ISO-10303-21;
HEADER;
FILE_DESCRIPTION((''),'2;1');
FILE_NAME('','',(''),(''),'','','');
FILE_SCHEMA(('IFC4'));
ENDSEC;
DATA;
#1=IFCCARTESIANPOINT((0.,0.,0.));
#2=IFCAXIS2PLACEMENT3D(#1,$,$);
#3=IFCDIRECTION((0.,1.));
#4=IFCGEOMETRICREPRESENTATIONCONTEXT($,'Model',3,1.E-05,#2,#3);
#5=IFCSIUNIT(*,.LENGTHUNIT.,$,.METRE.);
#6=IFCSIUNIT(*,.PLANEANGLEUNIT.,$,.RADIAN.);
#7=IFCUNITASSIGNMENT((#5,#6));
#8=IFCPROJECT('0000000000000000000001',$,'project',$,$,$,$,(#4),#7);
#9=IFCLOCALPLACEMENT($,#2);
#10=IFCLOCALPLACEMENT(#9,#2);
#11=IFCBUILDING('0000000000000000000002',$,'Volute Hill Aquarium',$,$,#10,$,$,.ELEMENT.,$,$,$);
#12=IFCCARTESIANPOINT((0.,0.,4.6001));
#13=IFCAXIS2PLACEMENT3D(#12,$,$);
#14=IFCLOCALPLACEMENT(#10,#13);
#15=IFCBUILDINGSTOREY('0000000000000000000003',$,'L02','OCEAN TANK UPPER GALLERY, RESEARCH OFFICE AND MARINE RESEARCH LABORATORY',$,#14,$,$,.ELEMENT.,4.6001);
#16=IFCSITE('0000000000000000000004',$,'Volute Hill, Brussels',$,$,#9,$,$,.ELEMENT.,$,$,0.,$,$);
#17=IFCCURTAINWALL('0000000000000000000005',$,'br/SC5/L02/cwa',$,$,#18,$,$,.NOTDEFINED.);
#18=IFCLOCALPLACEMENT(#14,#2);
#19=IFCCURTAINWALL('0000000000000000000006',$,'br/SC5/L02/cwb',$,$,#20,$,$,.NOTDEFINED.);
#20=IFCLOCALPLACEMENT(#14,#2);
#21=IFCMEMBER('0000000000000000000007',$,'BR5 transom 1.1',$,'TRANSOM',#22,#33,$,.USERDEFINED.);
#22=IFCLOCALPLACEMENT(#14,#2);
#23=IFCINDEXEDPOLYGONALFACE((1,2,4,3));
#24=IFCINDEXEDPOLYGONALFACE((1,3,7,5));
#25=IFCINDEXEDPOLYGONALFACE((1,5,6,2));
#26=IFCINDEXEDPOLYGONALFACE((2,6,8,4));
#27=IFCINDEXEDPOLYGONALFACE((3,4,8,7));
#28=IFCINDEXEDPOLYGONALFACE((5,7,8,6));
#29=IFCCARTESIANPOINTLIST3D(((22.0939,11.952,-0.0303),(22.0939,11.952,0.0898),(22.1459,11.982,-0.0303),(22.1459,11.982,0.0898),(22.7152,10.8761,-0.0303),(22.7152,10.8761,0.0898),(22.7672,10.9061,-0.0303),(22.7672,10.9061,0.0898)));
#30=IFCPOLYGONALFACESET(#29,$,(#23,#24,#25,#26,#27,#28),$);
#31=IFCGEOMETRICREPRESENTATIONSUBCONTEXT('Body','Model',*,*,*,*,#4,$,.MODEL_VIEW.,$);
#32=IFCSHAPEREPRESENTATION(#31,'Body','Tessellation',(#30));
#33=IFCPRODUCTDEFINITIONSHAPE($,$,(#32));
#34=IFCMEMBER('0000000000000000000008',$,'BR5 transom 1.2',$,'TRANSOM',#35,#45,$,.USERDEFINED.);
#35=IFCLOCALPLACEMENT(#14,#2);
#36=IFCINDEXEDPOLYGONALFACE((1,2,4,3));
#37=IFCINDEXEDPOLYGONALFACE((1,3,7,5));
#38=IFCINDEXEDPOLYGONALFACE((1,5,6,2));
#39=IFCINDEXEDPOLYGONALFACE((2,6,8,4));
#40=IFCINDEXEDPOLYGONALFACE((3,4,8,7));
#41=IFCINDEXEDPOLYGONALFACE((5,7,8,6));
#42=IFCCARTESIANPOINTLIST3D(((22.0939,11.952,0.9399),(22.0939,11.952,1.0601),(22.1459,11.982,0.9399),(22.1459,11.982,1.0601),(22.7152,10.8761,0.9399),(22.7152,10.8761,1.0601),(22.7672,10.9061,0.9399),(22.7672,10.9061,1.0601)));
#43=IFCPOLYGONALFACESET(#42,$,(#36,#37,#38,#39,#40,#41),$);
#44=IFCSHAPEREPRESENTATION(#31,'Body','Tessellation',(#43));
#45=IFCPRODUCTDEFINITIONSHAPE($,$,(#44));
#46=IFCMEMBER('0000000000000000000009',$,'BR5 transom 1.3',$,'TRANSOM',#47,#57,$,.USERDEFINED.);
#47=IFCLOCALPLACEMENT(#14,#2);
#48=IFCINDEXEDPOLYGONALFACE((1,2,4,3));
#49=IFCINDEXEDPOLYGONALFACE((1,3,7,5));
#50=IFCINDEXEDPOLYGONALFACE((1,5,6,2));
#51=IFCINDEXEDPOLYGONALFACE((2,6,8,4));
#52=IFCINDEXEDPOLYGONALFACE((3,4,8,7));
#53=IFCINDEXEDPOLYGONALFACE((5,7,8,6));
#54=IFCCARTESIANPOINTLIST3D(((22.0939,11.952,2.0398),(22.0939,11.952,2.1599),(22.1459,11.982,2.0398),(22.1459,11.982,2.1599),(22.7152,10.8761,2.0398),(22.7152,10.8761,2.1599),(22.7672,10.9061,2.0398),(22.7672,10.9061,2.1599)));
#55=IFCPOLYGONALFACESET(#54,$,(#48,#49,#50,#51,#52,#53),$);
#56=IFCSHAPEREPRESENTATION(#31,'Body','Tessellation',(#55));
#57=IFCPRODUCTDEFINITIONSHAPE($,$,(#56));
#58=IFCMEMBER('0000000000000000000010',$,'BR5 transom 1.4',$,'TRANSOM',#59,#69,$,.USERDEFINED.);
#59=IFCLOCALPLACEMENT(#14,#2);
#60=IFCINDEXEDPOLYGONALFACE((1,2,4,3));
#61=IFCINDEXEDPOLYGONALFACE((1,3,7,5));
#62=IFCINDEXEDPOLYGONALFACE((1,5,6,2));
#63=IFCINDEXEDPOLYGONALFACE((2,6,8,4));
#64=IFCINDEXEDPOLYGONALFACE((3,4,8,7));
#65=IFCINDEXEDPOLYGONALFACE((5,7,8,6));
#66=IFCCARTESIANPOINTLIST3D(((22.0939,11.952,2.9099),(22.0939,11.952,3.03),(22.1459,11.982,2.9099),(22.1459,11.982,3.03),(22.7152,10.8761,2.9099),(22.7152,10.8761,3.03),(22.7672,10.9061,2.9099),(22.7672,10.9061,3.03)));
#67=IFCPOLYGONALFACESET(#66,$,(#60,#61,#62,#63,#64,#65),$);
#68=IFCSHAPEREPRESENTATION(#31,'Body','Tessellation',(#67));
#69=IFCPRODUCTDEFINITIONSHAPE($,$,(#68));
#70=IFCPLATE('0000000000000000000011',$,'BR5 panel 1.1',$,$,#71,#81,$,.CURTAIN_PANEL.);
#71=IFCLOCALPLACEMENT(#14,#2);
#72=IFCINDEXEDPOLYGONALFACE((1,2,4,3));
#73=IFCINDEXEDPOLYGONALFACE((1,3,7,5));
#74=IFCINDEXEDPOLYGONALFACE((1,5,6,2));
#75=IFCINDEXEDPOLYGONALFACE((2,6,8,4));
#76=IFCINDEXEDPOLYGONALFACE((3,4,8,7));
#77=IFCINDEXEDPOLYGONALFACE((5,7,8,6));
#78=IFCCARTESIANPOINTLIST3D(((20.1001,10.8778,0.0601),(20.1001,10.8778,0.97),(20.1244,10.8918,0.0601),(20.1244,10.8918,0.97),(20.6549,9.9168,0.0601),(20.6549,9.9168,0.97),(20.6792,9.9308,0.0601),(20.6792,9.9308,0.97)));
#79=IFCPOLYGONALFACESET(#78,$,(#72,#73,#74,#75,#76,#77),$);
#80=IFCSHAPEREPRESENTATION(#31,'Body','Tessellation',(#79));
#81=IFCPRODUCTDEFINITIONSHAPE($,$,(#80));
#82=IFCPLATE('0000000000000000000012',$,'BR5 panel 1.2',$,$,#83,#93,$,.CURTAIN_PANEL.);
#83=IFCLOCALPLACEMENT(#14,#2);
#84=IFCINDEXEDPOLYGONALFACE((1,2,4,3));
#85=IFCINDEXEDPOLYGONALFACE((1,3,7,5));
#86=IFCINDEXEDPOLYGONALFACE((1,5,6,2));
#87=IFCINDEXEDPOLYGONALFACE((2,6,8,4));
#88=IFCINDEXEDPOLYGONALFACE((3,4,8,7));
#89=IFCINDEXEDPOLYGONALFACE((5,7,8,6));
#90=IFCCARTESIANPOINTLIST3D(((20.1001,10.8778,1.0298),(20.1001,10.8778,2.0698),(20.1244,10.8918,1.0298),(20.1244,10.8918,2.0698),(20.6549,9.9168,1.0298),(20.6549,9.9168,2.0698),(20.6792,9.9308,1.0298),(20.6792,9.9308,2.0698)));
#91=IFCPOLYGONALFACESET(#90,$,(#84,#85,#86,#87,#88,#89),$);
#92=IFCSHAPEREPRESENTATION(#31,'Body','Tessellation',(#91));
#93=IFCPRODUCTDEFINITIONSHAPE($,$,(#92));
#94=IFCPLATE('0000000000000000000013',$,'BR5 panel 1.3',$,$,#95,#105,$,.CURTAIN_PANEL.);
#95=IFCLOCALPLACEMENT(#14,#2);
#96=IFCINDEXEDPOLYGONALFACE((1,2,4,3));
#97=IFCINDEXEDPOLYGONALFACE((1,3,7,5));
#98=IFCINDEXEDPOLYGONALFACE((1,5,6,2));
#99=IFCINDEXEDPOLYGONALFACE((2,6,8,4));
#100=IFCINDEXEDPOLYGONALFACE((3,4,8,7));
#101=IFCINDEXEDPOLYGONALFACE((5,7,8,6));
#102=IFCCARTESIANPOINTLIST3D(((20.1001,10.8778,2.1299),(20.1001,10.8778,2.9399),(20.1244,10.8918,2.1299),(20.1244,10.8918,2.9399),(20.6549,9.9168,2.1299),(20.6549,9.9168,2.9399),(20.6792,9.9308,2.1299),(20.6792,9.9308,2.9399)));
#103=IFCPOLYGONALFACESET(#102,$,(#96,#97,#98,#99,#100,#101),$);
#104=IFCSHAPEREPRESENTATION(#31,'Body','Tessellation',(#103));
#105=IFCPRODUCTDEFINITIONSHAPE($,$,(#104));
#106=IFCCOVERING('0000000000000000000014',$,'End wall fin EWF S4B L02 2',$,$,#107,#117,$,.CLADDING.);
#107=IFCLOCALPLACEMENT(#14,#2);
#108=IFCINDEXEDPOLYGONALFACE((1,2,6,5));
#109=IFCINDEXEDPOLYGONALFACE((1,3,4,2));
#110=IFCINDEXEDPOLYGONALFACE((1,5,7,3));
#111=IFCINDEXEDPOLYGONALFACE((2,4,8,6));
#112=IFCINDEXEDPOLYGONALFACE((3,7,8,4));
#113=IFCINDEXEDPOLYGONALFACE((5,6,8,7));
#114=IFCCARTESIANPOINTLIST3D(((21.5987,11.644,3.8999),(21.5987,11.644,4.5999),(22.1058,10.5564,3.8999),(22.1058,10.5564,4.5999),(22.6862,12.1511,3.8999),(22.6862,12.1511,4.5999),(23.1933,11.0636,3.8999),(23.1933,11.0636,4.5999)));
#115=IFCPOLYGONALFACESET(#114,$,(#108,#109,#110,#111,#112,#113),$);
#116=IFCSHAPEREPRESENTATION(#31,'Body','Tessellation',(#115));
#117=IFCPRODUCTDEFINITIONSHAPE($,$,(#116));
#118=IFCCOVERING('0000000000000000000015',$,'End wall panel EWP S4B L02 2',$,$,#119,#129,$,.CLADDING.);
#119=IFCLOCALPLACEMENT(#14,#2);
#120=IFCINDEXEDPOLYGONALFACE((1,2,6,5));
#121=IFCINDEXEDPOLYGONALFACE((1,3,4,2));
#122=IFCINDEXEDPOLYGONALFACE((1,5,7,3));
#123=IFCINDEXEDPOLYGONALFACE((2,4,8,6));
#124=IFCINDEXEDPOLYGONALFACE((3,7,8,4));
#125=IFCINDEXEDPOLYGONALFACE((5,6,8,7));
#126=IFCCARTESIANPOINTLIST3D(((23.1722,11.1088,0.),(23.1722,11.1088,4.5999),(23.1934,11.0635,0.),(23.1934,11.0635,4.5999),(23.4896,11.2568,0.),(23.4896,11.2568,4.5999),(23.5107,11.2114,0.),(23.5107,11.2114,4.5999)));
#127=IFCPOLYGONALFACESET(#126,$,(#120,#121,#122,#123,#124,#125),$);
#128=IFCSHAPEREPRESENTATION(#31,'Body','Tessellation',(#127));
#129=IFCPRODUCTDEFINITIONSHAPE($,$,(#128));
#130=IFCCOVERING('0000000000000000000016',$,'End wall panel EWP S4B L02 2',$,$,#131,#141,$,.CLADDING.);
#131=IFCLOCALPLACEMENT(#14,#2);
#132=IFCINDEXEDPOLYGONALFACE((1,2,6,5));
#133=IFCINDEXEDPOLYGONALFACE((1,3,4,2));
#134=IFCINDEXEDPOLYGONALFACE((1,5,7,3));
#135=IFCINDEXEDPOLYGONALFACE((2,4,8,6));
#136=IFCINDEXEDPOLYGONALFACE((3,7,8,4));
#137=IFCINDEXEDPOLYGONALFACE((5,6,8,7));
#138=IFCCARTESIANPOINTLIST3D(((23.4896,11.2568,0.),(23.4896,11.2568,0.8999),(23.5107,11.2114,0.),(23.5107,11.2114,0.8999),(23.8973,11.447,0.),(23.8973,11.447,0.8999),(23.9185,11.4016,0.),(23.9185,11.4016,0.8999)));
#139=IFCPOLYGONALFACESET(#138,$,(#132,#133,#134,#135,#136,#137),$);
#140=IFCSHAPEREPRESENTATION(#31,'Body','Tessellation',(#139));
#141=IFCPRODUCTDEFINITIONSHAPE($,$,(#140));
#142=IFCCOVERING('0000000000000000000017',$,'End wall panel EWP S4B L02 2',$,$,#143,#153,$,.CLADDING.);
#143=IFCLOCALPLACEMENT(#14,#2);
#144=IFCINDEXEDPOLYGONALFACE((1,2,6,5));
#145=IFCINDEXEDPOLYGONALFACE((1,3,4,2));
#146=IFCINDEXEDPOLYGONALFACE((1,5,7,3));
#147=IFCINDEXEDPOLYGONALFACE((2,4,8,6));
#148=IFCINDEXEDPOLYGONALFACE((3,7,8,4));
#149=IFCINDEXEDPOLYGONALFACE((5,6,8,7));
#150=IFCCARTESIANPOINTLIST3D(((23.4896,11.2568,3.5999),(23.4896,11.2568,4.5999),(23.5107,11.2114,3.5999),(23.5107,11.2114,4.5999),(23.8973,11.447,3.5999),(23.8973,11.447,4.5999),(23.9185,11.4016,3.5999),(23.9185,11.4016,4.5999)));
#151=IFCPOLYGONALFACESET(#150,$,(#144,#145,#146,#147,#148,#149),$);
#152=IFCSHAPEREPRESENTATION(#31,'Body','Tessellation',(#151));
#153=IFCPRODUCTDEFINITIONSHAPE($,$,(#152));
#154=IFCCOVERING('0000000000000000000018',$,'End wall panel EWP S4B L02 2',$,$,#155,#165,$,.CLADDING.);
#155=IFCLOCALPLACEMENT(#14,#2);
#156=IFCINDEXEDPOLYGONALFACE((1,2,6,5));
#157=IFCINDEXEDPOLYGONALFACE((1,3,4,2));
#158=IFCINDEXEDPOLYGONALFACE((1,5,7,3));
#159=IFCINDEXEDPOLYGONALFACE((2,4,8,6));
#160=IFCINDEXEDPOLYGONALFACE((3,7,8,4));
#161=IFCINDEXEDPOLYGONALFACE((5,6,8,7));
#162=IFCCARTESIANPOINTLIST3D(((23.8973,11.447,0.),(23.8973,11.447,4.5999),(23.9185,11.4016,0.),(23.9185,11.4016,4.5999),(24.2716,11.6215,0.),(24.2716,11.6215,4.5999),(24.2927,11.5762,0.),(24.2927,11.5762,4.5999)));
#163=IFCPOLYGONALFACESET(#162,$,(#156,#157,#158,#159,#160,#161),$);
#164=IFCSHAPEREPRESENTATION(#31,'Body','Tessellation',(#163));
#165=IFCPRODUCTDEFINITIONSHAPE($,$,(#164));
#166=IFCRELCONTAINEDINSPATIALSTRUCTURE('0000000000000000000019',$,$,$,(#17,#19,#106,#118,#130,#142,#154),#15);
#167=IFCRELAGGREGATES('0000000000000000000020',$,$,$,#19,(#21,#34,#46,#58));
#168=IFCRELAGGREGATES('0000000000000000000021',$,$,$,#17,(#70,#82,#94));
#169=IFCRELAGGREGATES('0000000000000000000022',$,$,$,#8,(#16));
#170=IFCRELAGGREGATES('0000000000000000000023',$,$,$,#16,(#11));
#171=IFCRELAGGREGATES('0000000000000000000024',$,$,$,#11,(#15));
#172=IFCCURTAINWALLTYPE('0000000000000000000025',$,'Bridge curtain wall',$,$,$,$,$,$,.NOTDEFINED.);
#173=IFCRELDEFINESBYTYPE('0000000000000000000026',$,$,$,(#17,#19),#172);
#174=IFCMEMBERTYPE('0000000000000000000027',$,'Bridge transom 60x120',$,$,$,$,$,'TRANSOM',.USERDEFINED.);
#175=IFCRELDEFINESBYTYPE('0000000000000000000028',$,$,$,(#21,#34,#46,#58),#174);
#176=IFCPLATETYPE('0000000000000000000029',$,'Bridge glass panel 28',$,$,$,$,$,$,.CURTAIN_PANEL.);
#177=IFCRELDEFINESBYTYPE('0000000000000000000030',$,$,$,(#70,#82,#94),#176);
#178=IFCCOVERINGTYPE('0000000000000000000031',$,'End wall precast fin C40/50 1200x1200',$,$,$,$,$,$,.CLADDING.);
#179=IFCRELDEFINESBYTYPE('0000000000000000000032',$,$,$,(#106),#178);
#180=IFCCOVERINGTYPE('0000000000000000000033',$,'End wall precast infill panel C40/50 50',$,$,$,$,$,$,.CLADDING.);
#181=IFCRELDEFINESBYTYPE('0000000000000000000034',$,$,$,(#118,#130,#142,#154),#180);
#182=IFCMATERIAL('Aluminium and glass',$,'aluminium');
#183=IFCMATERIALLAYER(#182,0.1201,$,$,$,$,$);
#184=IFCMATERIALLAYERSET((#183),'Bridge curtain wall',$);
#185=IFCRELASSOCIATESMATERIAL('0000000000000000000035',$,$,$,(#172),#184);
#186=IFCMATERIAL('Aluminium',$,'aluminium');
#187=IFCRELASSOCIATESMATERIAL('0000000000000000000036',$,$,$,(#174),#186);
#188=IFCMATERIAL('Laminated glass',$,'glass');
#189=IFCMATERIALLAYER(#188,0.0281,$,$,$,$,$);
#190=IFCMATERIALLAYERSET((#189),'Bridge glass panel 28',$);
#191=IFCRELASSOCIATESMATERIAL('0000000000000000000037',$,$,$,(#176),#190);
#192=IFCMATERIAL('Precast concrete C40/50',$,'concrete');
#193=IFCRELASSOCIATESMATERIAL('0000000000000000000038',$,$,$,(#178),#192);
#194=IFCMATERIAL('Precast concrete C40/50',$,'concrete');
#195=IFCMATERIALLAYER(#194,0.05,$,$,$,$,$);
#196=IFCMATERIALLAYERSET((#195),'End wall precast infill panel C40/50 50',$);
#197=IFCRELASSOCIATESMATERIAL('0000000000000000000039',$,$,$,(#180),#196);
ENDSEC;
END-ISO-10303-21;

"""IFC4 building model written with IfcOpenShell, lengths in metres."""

from ifc_helpers import new_model, si_unit, direction, frame, origin, origin_2d, place, context, subcontext, project, spatial, polyline, rectangle, outline, extrude, material, layer, layer_set, material_profile, profile_set, type_object, element, aggregate, save


model = new_model("IFC4")

# Units and contexts
model_context = context("Model", 3, precision=1e-05, world=origin(), true_north=direction((0.0, 1.0)))
body_context = subcontext(model_context, "Body", "Model", "MODEL_VIEW")
ifc_project = project(units=[si_unit("LENGTHUNIT", "METRE"), si_unit("PLANEANGLEUNIT", "RADIAN")], contexts=[model_context])

# Site, building, storey
site_placement = place(None, origin())
site = spatial("IfcSite", under=ifc_project, at=site_placement, Name="Volute Hill, Brussels", CompositionType="ELEMENT", RefElevation=0.0)
building_placement = place(site_placement, origin())
building = spatial("IfcBuilding", under=site, at=building_placement, Name="Volute Hill Aquarium", CompositionType="ELEMENT")
storey_placement = place(building_placement, frame((0.0, 0.0, 4.6001)))
storey = spatial("IfcBuildingStorey", under=building, at=storey_placement, Name="L02", Description="OCEAN TANK UPPER GALLERY, RESEARCH OFFICE AND MARINE RESEARCH LABORATORY", CompositionType="ELEMENT", Elevation=4.6001)

# Curtain walls
ifc_material_1 = material(Name="Aluminium and glass", Category="aluminium")
ifc_layer_1 = layer(ifc_material_1, 0.1201)
ifc_layer_set_1 = layer_set([ifc_layer_1], Name="Bridge curtain wall")
curtain_wall_type = type_object("IfcCurtainWallType", Name="Bridge curtain wall", PredefinedType="NOTDEFINED", material=ifc_layer_set_1)
curtain_wall_1_placement = place(storey_placement, origin())
curtain_wall_1 = element("IfcCurtainWall", 1, at=curtain_wall_1_placement, inside=storey, type_object=curtain_wall_type, Name="br/SC5/L02/cwa", PredefinedType="NOTDEFINED")
curtain_wall_2_placement = place(storey_placement, origin())
curtain_wall_2 = element("IfcCurtainWall", 2, at=curtain_wall_2_placement, inside=storey, type_object=curtain_wall_type, Name="br/SC5/L02/cwb", PredefinedType="NOTDEFINED")

# Members
ifc_material_2 = material(Name="Aluminium", Category="aluminium")
ifc_material_profile_1 = material_profile(ifc_material_2, rectangle(XDim=0.0601, YDim=0.1201, at=origin_2d()), Name="Aluminium transom 60x120")
ifc_profile_set_1 = profile_set([ifc_material_profile_1], Name="Aluminium")
member_type_1 = type_object("IfcMemberType", Name="Bridge transom 60x120", ElementType="TRANSOM", PredefinedType="USERDEFINED", material=ifc_profile_set_1)
member_1_placement = place(storey_placement, frame((22.7412, 10.8911, 0.0298), z_axis=(-0.500091, 0.865973, 0.0), x_axis=(-0.865973, -0.500091, 0.0)))
member_1 = element("IfcMember", 3, at=member_1_placement, type_object=member_type_1, Name="BR5 transom 1.1", ObjectType="TRANSOM", PredefinedType="USERDEFINED", context=body_context, shape_type="SweptSolid", body=[
    extrude(rectangle(XDim=0.0601, YDim=0.1201, at=origin_2d()), origin(), (0.0, 0.0, 1.0), 1.2424),
])
member_2_placement = place(storey_placement, frame((22.7412, 10.8911, 1.0), z_axis=(-0.500091, 0.865973, 0.0), x_axis=(-0.865973, -0.500091, 0.0)))
member_2 = element("IfcMember", 4, at=member_2_placement, type_object=member_type_1, Name="BR5 transom 1.2", ObjectType="TRANSOM", PredefinedType="USERDEFINED", context=body_context, shape_type="SweptSolid", body=[
    extrude(rectangle(XDim=0.0601, YDim=0.1201, at=origin_2d()), origin(), (0.0, 0.0, 1.0), 1.2424),
])
member_3_placement = place(storey_placement, frame((22.7412, 10.8911, 2.0999), z_axis=(-0.500091, 0.865973, 0.0), x_axis=(-0.865973, -0.500091, 0.0)))
member_3 = element("IfcMember", 5, at=member_3_placement, type_object=member_type_1, Name="BR5 transom 1.3", ObjectType="TRANSOM", PredefinedType="USERDEFINED", context=body_context, shape_type="SweptSolid", body=[
    extrude(rectangle(XDim=0.0601, YDim=0.1201, at=origin_2d()), origin(), (0.0, 0.0, 1.0), 1.2424),
])
member_4_placement = place(storey_placement, frame((22.7412, 10.8911, 2.97), z_axis=(-0.500091, 0.865973, 0.0), x_axis=(-0.865973, -0.500091, 0.0)))
member_4 = element("IfcMember", 6, at=member_4_placement, type_object=member_type_1, Name="BR5 transom 1.4", ObjectType="TRANSOM", PredefinedType="USERDEFINED", context=body_context, shape_type="SweptSolid", body=[
    extrude(rectangle(XDim=0.0601, YDim=0.1201, at=origin_2d()), origin(), (0.0, 0.0, 1.0), 1.2424),
])
aggregate(curtain_wall_2, [member_1, member_2, member_3, member_4])

# Plates
ifc_material_3 = material(Name="Laminated glass", Category="glass")
ifc_layer_2 = layer(ifc_material_3, 0.0281)
ifc_layer_set_2 = layer_set([ifc_layer_2], Name="Bridge glass panel 28")
plate_type = type_object("IfcPlateType", Name="Bridge glass panel 28", PredefinedType="CURTAIN_PANEL", material=ifc_layer_set_2)
plate_1_placement = place(storey_placement, frame((20.3896, 10.4043, 0.0601), z_axis=(0.0, 0.0, 1.0), x_axis=(-0.50001, 0.86602, 0.0)))
plate_1 = element("IfcPlate", 7, at=plate_1_placement, type_object=plate_type, Name="BR5 panel 1.1", PredefinedType="CURTAIN_PANEL", context=body_context, shape_type="SweptSolid", body=[
    extrude(rectangle(XDim=1.1096, YDim=0.0281, at=origin_2d()), origin(), (0.0, 0.0, 1.0), 0.9099),
])
plate_2_placement = place(storey_placement, frame((20.3896, 10.4043, 1.0298), z_axis=(0.0, 0.0, 1.0), x_axis=(-0.50001, 0.86602, 0.0)))
plate_2 = element("IfcPlate", 8, at=plate_2_placement, type_object=plate_type, Name="BR5 panel 1.2", PredefinedType="CURTAIN_PANEL", context=body_context, shape_type="SweptSolid", body=[
    extrude(rectangle(XDim=1.1096, YDim=0.0281, at=origin_2d()), origin(), (0.0, 0.0, 1.0), 1.04),
])
plate_3_placement = place(storey_placement, frame((20.3896, 10.4043, 2.1299), z_axis=(0.0, 0.0, 1.0), x_axis=(-0.50001, 0.86602, 0.0)))
plate_3 = element("IfcPlate", 9, at=plate_3_placement, type_object=plate_type, Name="BR5 panel 1.3", PredefinedType="CURTAIN_PANEL", context=body_context, shape_type="SweptSolid", body=[
    extrude(rectangle(XDim=1.1096, YDim=0.0281, at=origin_2d()), origin(), (0.0, 0.0, 1.0), 0.8101),
])
aggregate(curtain_wall_1, [plate_1, plate_2, plate_3])

# Coverings
ifc_material_4 = material(Name="Precast concrete C40/50", Category="concrete")
covering_type_1 = type_object("IfcCoveringType", Name="End wall precast fin C40/50 1200x1200", PredefinedType="CLADDING", material=ifc_material_4)
covering_1_placement = place(storey_placement, frame((22.396, 11.3538, 3.8999), z_axis=(0.0, 0.0, 1.0), x_axis=(0.906309, 0.422616, 0.0)))
element("IfcCovering", 10, at=covering_1_placement, inside=storey, type_object=covering_type_1, Name="End wall fin EWF S4B L02 2", PredefinedType="CLADDING", context=body_context, shape_type="SweptSolid", body=[
    extrude(rectangle(XDim=1.2, YDim=1.2, at=origin_2d()), origin(), (0.0, 0.0, 1.0), 0.7),
])
ifc_material_5 = material(Name="Precast concrete C40/50", Category="concrete")
ifc_layer_3 = layer(ifc_material_5, 0.05)
ifc_layer_set_3 = layer_set([ifc_layer_3], Name="End wall precast infill panel C40/50 50")
covering_type_2 = type_object("IfcCoveringType", Name="End wall precast infill panel C40/50 50", PredefinedType="CLADDING", material=ifc_layer_set_3)
covering_2_placement = place(storey_placement, frame((23.1934, 11.0635, 0.0), z_axis=(0.422504, -0.906361, 0.0), x_axis=(0.906361, 0.422504, 0.0)))
element("IfcCovering", 11, at=covering_2_placement, inside=storey, type_object=covering_type_2, Name="End wall panel EWP S4B L02 2", PredefinedType="CLADDING", context=body_context, shape_type="SweptSolid", body=[
    extrude(outline(polyline([(0.0, 0.0), (0.3502, 0.0), (0.3502, 4.5999), (0.0, 4.5999), (0.0, 0.0)])), origin(), (0.0, 0.0, -1.0), 0.05),
])
covering_3_placement = place(storey_placement, frame((23.5107, 11.2114, 0.0), z_axis=(0.422737, -0.906252, 0.0), x_axis=(0.906252, 0.422737, 0.0)))
element("IfcCovering", 12, at=covering_3_placement, inside=storey, type_object=covering_type_2, Name="End wall panel EWP S4B L02 2", PredefinedType="CLADDING", context=body_context, shape_type="SweptSolid", body=[
    extrude(outline(polyline([(0.0, 0.0), (0.4499, 0.0), (0.4499, 0.8999), (0.0, 0.8999), (0.0, 0.0)])), origin(), (0.0, 0.0, -1.0), 0.05),
])
covering_4_placement = place(storey_placement, frame((23.5107, 11.2114, 3.5999), z_axis=(0.422737, -0.906252, 0.0), x_axis=(0.906252, 0.422737, 0.0)))
element("IfcCovering", 13, at=covering_4_placement, inside=storey, type_object=covering_type_2, Name="End wall panel EWP S4B L02 2", PredefinedType="CLADDING", context=body_context, shape_type="SweptSolid", body=[
    extrude(outline(polyline([(0.0, 0.0), (0.4499, 0.0), (0.4499, 1.0), (0.0, 1.0), (0.0, 0.0)])), origin(), (0.0, 0.0, -1.0), 0.05),
])
covering_5_placement = place(storey_placement, frame((23.9185, 11.4016, 0.0), z_axis=(0.422691, -0.906274, 0.0), x_axis=(0.906274, 0.422691, 0.0)))
element("IfcCovering", 14, at=covering_5_placement, inside=storey, type_object=covering_type_2, Name="End wall panel EWP S4B L02 2", PredefinedType="CLADDING", context=body_context, shape_type="SweptSolid", body=[
    extrude(outline(polyline([(0.0, 0.0), (0.413, 0.0), (0.413, 4.5999), (0.0, 4.5999), (0.0, 0.0)])), origin(), (0.0, 0.0, -1.0), 0.05),
])

save(model, "model.ifc")
